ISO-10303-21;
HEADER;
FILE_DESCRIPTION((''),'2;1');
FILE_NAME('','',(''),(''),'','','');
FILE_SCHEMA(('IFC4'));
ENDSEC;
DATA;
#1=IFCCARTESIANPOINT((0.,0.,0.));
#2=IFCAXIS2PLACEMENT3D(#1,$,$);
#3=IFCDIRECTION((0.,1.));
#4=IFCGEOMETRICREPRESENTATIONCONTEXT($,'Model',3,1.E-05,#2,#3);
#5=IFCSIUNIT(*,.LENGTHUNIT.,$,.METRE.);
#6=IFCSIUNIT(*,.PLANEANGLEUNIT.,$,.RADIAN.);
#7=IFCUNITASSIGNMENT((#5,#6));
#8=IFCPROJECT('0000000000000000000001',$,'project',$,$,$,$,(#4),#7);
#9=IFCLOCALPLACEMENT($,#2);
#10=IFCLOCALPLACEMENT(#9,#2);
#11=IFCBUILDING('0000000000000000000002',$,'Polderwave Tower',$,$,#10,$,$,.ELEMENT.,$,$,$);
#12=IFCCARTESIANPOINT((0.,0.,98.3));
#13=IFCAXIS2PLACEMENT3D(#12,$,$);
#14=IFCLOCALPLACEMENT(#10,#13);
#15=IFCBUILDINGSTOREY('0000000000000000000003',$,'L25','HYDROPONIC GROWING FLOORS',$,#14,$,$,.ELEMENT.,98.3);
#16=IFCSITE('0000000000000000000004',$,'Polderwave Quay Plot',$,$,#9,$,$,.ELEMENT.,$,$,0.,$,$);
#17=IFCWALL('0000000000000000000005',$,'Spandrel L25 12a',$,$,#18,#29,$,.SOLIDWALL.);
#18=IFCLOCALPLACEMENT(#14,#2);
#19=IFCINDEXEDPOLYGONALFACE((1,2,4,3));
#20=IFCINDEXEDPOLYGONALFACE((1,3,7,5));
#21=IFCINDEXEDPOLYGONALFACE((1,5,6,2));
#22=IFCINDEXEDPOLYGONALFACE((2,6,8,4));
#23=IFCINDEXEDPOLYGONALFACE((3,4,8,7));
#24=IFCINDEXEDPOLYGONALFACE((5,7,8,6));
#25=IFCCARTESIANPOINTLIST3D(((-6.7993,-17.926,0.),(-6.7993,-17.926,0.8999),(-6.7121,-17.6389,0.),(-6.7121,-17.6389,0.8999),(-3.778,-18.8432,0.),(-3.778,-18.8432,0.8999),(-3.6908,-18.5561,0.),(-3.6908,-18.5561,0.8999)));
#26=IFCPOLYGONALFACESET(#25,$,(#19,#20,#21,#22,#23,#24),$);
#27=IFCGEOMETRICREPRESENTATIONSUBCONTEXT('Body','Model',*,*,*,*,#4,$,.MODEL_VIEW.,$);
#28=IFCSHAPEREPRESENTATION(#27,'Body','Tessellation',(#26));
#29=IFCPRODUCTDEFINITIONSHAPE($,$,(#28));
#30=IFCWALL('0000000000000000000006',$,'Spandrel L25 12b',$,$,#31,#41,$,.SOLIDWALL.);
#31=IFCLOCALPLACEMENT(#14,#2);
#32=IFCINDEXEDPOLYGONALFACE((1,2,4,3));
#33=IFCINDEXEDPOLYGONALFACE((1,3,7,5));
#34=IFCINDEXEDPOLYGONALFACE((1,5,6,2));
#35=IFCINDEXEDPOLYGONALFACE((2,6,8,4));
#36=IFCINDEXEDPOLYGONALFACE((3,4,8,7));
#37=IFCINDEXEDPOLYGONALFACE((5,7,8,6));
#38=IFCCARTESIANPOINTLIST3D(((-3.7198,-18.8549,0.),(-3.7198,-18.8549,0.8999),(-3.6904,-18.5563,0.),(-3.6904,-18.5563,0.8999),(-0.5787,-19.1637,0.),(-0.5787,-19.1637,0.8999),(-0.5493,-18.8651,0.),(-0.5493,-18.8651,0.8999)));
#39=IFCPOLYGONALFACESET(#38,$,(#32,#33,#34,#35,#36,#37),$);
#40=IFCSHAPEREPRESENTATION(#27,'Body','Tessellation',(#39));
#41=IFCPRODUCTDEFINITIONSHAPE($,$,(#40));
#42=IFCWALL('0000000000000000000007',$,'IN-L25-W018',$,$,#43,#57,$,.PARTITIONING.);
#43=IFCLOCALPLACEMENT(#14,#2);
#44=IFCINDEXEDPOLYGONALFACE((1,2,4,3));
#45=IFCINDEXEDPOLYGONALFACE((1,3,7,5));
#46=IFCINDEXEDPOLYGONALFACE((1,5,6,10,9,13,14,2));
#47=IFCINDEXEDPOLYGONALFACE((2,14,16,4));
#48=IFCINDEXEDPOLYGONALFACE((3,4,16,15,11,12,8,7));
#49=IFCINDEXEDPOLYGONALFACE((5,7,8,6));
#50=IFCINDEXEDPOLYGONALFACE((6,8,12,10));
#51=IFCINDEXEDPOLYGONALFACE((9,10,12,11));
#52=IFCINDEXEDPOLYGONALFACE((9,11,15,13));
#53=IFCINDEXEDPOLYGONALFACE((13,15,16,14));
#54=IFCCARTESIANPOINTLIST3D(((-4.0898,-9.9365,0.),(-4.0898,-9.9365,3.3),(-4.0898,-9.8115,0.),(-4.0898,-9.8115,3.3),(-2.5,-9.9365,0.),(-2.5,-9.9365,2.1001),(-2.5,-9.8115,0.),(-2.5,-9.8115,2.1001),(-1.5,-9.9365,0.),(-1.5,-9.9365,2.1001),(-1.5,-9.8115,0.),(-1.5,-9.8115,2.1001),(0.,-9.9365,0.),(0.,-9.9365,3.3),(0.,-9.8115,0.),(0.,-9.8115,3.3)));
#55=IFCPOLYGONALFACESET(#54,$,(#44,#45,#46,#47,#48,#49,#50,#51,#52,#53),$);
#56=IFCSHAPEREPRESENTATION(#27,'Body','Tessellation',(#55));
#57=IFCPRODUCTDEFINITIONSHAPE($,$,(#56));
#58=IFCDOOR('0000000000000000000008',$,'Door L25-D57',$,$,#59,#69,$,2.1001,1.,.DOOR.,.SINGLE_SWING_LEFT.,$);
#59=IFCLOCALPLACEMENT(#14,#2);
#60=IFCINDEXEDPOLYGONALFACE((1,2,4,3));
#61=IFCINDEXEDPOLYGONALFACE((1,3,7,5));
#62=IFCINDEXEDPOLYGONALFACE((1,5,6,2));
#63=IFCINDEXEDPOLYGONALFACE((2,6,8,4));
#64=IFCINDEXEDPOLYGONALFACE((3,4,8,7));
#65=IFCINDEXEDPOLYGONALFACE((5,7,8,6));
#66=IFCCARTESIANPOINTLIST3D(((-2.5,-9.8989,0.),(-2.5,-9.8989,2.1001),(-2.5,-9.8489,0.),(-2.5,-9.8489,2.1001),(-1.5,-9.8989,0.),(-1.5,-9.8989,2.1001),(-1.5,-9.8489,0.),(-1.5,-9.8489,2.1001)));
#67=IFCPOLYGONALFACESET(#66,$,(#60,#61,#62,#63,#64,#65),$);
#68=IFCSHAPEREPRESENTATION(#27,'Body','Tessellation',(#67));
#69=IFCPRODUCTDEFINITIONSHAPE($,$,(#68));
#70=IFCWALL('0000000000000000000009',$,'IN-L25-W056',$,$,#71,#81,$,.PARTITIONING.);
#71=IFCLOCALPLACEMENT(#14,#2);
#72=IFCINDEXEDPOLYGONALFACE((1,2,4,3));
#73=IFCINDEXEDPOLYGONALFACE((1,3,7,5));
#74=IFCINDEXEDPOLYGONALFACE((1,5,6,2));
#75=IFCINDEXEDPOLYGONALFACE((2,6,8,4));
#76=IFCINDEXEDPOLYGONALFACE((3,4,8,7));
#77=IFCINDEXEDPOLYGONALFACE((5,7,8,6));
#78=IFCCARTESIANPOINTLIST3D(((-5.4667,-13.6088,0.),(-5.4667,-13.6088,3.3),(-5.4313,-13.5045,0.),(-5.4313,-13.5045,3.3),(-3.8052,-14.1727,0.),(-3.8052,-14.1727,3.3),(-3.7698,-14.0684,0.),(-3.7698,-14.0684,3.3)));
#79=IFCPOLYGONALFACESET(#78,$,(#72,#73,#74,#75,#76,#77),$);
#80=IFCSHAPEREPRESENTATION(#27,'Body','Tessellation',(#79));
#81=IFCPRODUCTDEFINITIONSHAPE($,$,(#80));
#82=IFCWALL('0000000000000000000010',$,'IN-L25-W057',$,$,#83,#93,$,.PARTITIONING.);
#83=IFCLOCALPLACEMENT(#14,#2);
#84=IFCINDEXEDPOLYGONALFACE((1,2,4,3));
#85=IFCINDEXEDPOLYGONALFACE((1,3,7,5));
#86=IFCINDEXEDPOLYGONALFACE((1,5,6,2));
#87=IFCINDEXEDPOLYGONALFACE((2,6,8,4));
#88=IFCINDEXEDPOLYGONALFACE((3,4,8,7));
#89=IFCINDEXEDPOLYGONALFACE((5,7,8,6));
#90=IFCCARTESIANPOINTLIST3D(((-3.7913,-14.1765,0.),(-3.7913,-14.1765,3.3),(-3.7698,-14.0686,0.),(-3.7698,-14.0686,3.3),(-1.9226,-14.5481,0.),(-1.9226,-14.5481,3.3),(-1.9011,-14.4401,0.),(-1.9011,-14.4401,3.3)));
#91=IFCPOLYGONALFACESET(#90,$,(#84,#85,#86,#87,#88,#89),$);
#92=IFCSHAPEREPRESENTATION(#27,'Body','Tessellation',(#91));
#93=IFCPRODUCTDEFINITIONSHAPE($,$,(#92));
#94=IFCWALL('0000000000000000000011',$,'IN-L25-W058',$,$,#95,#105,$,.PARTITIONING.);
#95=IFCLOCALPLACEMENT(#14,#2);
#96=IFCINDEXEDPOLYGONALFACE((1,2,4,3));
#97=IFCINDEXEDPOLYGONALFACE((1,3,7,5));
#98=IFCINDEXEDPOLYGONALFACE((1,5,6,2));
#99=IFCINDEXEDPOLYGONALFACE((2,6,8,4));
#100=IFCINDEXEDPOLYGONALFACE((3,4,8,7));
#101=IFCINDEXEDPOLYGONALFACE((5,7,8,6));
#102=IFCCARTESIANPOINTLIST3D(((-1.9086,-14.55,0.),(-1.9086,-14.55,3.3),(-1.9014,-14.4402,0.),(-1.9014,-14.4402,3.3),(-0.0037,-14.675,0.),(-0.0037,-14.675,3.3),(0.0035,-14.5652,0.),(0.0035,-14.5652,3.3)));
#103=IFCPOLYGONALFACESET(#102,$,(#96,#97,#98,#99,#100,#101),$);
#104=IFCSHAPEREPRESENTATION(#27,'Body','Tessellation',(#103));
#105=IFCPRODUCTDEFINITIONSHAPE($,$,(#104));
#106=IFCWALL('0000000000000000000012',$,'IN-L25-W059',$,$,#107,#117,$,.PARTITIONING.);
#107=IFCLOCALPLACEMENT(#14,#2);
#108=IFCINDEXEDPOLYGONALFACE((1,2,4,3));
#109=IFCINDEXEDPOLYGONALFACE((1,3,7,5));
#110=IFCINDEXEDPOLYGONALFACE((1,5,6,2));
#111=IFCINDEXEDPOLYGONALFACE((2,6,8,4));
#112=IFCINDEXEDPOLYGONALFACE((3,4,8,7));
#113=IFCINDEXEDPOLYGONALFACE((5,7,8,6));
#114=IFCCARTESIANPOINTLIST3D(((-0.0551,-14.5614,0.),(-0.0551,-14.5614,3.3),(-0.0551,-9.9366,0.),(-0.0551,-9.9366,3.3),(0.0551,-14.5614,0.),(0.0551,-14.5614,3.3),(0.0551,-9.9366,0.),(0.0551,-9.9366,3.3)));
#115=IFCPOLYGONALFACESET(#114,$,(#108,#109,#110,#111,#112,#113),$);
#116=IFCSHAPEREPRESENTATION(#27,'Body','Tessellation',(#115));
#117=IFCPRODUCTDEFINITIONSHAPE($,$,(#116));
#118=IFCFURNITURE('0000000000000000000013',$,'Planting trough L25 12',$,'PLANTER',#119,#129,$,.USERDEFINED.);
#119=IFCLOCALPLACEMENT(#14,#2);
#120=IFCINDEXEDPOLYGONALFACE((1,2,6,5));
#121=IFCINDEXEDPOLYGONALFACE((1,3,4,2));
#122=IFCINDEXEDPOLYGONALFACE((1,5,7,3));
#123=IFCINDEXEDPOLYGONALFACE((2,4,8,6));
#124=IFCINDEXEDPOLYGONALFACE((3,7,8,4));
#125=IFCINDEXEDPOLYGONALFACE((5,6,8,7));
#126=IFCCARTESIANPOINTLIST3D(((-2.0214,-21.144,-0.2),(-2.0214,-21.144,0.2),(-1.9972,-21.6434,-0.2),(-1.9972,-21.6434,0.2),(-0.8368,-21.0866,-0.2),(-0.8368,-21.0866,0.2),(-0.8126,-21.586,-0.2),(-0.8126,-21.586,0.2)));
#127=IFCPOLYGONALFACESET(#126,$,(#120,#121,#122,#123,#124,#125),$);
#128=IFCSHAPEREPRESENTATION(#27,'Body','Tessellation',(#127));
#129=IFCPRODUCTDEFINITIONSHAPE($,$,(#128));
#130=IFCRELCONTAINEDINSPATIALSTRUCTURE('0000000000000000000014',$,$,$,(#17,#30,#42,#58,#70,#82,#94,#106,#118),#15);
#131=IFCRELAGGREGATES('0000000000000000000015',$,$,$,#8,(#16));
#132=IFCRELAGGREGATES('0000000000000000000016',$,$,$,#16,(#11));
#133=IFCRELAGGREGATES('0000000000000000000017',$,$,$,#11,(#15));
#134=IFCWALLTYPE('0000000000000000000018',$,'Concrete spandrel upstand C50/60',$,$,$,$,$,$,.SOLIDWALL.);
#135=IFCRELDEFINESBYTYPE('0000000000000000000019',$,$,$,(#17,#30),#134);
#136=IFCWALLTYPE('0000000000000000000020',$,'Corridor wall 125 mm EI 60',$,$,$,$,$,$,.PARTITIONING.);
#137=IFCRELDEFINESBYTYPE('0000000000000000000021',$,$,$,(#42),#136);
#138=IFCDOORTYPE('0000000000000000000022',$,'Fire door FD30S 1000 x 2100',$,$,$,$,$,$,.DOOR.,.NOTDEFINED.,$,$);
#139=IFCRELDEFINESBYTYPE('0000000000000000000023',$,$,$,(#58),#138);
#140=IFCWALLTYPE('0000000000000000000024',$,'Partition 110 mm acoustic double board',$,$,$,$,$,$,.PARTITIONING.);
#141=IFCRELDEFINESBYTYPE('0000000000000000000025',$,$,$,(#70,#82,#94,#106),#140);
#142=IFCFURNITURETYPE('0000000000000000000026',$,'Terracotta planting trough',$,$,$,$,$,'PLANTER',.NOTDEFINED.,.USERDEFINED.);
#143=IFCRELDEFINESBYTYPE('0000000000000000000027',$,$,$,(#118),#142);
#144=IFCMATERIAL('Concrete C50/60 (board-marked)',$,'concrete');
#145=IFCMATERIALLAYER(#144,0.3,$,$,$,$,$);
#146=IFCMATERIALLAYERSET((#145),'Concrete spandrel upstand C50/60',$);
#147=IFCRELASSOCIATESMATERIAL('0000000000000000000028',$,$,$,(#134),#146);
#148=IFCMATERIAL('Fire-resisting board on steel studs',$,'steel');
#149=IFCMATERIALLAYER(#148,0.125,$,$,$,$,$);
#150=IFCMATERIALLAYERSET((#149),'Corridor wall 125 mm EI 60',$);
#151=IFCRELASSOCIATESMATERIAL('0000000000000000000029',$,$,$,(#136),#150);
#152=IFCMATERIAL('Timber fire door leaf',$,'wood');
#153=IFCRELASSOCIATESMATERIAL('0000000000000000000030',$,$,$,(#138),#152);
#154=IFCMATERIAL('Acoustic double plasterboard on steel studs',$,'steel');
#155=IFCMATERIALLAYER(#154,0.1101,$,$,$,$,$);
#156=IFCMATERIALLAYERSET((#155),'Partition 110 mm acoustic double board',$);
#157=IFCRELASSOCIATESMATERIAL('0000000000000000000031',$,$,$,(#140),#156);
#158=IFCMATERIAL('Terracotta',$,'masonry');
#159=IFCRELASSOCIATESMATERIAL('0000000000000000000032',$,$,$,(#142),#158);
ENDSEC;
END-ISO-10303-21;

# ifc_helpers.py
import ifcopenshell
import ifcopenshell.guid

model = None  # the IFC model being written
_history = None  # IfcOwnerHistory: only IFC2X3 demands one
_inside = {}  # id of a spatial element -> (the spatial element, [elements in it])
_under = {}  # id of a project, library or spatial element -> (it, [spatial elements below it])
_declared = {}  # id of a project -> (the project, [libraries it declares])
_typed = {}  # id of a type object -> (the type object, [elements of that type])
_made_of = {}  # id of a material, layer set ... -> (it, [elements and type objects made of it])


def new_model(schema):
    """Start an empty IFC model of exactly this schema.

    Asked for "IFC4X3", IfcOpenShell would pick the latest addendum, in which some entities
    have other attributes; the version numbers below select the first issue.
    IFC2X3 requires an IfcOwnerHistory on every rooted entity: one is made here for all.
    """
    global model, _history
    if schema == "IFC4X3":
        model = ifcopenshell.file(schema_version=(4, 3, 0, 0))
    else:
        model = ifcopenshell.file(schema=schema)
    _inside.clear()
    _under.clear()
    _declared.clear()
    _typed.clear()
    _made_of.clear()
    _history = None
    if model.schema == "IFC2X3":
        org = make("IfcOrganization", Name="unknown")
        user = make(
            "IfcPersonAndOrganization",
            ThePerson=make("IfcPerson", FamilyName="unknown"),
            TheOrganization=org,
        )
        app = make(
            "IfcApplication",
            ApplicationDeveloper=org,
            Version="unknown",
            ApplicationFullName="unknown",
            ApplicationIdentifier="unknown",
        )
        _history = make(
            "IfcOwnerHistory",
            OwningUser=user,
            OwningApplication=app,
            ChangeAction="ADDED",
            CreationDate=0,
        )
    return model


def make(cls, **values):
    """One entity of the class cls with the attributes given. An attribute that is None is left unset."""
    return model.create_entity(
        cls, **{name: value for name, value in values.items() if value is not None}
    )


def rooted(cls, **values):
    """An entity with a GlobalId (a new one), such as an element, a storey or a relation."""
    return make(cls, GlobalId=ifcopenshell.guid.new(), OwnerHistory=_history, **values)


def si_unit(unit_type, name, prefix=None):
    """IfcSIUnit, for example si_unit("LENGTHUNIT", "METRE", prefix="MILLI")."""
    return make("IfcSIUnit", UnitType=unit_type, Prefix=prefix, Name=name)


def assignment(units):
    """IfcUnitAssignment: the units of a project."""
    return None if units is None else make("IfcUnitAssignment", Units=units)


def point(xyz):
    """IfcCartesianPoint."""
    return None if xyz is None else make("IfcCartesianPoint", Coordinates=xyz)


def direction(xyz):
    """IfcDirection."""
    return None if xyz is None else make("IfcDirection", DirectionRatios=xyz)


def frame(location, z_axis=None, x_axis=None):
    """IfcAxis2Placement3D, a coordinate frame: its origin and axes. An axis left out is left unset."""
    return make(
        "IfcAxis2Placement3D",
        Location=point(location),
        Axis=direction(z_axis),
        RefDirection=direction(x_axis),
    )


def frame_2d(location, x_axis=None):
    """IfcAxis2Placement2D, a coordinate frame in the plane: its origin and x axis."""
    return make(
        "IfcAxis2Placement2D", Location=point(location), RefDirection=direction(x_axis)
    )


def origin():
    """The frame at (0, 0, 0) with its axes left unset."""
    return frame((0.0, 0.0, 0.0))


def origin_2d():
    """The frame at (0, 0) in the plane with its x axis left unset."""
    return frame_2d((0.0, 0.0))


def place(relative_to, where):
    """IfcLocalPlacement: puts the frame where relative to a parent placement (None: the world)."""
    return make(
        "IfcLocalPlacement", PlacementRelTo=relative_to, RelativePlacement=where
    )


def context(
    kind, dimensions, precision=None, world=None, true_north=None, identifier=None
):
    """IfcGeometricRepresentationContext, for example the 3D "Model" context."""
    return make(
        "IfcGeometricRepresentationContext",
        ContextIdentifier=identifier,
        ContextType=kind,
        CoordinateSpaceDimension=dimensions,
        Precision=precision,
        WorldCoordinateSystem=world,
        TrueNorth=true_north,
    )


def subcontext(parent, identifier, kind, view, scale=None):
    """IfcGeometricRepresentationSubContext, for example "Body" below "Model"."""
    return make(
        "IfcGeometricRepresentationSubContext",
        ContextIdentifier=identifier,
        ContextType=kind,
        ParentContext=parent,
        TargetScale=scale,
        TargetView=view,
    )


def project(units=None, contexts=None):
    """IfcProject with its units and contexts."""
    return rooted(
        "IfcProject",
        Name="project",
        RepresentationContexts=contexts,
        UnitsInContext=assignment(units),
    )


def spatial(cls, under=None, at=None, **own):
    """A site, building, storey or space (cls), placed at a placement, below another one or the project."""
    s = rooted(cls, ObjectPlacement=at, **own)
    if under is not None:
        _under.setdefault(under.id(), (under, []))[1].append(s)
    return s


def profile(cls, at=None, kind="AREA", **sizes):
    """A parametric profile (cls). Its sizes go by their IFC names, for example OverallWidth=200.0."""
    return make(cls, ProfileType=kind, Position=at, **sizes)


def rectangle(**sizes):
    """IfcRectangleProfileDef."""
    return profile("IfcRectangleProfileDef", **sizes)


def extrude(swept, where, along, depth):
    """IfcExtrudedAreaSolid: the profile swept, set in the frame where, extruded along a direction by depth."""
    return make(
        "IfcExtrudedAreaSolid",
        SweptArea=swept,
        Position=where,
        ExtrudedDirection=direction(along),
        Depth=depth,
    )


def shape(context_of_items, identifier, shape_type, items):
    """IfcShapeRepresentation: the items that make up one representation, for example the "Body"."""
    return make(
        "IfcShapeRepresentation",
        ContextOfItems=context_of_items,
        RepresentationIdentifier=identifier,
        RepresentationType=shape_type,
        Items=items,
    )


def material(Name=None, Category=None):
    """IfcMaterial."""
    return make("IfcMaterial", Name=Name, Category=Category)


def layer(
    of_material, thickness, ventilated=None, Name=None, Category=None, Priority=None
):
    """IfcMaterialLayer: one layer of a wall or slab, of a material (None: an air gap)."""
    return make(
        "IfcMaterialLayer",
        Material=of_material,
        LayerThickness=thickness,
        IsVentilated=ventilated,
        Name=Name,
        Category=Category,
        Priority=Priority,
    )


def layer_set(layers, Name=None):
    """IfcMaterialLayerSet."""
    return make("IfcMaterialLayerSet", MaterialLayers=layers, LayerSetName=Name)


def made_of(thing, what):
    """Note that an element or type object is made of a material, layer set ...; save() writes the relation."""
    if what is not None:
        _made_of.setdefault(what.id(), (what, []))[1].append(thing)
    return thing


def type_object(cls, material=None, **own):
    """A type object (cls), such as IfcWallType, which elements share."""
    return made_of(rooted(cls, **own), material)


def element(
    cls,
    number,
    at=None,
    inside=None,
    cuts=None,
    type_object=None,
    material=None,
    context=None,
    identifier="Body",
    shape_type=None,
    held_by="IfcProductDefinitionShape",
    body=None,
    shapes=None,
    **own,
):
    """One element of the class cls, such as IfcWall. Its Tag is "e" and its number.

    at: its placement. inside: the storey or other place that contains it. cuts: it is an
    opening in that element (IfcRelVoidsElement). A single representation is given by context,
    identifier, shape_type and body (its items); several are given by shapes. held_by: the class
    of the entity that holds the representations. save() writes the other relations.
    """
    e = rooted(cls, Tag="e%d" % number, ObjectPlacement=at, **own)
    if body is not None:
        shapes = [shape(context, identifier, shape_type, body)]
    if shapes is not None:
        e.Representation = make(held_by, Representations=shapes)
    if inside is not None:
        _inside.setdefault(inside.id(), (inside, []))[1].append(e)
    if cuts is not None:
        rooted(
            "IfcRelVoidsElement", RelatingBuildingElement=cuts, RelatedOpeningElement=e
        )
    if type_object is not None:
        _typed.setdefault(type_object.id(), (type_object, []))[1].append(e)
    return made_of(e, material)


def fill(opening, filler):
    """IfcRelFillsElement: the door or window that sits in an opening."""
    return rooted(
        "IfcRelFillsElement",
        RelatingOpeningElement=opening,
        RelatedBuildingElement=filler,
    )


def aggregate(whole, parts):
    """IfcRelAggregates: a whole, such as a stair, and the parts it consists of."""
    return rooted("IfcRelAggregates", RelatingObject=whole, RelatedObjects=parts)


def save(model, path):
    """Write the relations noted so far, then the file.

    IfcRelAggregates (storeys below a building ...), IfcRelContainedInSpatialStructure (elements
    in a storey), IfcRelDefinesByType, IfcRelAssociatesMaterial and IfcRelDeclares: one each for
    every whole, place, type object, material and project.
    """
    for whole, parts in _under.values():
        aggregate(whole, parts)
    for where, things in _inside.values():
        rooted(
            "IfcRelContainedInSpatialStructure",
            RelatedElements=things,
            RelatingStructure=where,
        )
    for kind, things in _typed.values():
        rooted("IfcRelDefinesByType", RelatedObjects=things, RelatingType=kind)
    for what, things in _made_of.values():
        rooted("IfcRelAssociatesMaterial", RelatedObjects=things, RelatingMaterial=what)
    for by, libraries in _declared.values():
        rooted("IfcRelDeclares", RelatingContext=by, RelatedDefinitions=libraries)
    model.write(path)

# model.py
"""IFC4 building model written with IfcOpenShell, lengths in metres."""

from ifc_helpers import new_model, si_unit, direction, frame, frame_2d, origin, origin_2d, place, context, subcontext, project, spatial, rectangle, extrude, material, layer, layer_set, type_object, element, fill, save


model = new_model("IFC4")

# Units and contexts
model_context = context("Model", 3, precision=1e-05, world=origin(), true_north=direction((0.0, 1.0)))
body_context = subcontext(model_context, "Body", "Model", "MODEL_VIEW")
ifc_project = project(units=[si_unit("LENGTHUNIT", "METRE"), si_unit("PLANEANGLEUNIT", "RADIAN")], contexts=[model_context])

# Site, building, storey
site_placement = place(None, origin())
site = spatial("IfcSite", under=ifc_project, at=site_placement, Name="Polderwave Quay Plot", CompositionType="ELEMENT", RefElevation=0.0)
building_placement = place(site_placement, origin())
building = spatial("IfcBuilding", under=site, at=building_placement, Name="Polderwave Tower", CompositionType="ELEMENT")
storey_placement = place(building_placement, frame((0.0, 0.0, 98.3)))
storey = spatial("IfcBuildingStorey", under=building, at=storey_placement, Name="L25", Description="HYDROPONIC GROWING FLOORS", CompositionType="ELEMENT", Elevation=98.3)

# Walls
ifc_material_1 = material(Name="Concrete C50/60 (board-marked)", Category="concrete")
ifc_layer_1 = layer(ifc_material_1, 0.3)
ifc_layer_set_1 = layer_set([ifc_layer_1], Name="Concrete spandrel upstand C50/60")
wall_type_1 = type_object("IfcWallType", Name="Concrete spandrel upstand C50/60", PredefinedType="SOLIDWALL", material=ifc_layer_set_1)
wall_1_placement = place(storey_placement, frame((-6.7556, -17.7825, 0.0), z_axis=(0.0, 0.0, 1.0), x_axis=(0.956874, -0.290503, 0.0)))
element("IfcWall", 1, at=wall_1_placement, inside=storey, type_object=wall_type_1, Name="Spandrel L25 12a", PredefinedType="SOLIDWALL", context=body_context, shape_type="SweptSolid", body=[
    extrude(rectangle(XDim=3.1575, YDim=0.3, at=frame_2d((1.5786, 0.0))), origin(), (0.0, 0.0, 1.0), 0.8999),
])
wall_2_placement = place(storey_placement, frame((-3.7051, -18.7056, 0.0), z_axis=(0.0, 0.0, 1.0), x_axis=(0.995201, -0.097849, 0.0)))
element("IfcWall", 2, at=wall_2_placement, inside=storey, type_object=wall_type_1, Name="Spandrel L25 12b", PredefinedType="SOLIDWALL", context=body_context, shape_type="SweptSolid", body=[
    extrude(rectangle(XDim=3.1562, YDim=0.3, at=frame_2d((1.5781, 0.0))), origin(), (0.0, 0.0, 1.0), 0.8999),
])

# Wall, opening, door
ifc_material_2 = material(Name="Fire-resisting board on steel studs", Category="steel")
ifc_layer_2 = layer(ifc_material_2, 0.125)
ifc_layer_set_2 = layer_set([ifc_layer_2], Name="Corridor wall 125 mm EI 60")
wall_type_2 = type_object("IfcWallType", Name="Corridor wall 125 mm EI 60", PredefinedType="PARTITIONING", material=ifc_layer_set_2)
wall_3_placement = place(storey_placement, frame((0.0, -9.874, 0.0), z_axis=(0.0, 0.0, 1.0), x_axis=(-1.0, 0.0, 0.0)))
wall_3 = element("IfcWall", 3, at=wall_3_placement, inside=storey, type_object=wall_type_2, Name="IN-L25-W018", PredefinedType="PARTITIONING", context=body_context, shape_type="SweptSolid", body=[
    extrude(rectangle(XDim=4.0898, YDim=0.125, at=frame_2d((2.0449, 0.0))), origin(), (0.0, 0.0, 1.0), 3.3),
])
opening_1_placement = place(wall_3_placement, frame((1.5, 0.0, 0.0)))
opening_1 = element("IfcOpeningElement", 4, at=opening_1_placement, cuts=wall_3, PredefinedType="OPENING", context=body_context, shape_type="SweptSolid", body=[
    extrude(rectangle(XDim=1.0, YDim=2.1001, at=frame_2d((0.5, 1.05))), frame((0.0, 0.0725, 0.0), z_axis=(0.0, -1.0, 0.0), x_axis=(1.0, 0.0, 0.0)), (0.0, 0.0, 1.0), 0.145),
])
ifc_material_3 = material(Name="Timber fire door leaf", Category="wood")
door_type_1 = type_object("IfcDoorType", Name="Fire door FD30S 1000 x 2100", OperationType="NOTDEFINED", PredefinedType="DOOR", material=ifc_material_3)
door_1_placement = place(opening_1_placement, origin())
door_1 = element("IfcDoor", 5, at=door_1_placement, inside=storey, type_object=door_type_1, Name="Door L25-D57", OperationType="SINGLE_SWING_LEFT", OverallHeight=2.1001, OverallWidth=1.0, PredefinedType="DOOR", context=body_context, shape_type="SweptSolid", body=[
    extrude(rectangle(XDim=1.0, YDim=2.1001, at=frame_2d((0.5, 1.05))), frame((0.0, 0.0249, 0.0), z_axis=(0.0, -1.0, 0.0), x_axis=(1.0, 0.0, 0.0)), (0.0, 0.0, 1.0), 0.05),
])
fill(opening_1, door_1)

# Walls
ifc_material_4 = material(Name="Acoustic double plasterboard on steel studs", Category="steel")
ifc_layer_3 = layer(ifc_material_4, 0.1101)
ifc_layer_set_3 = layer_set([ifc_layer_3], Name="Partition 110 mm acoustic double board")
wall_type_3 = type_object("IfcWallType", Name="Partition 110 mm acoustic double board", PredefinedType="PARTITIONING", material=ifc_layer_set_3)
wall_4_placement = place(storey_placement, frame((-3.7874, -14.1206, 0.0), z_axis=(0.0, 0.0, 1.0), x_axis=(-0.946944, 0.321399, 0.0)))
element("IfcWall", 6, at=wall_4_placement, inside=storey, type_object=wall_type_3, Name="IN-L25-W056", PredefinedType="PARTITIONING", context=body_context, shape_type="SweptSolid", body=[
    extrude(rectangle(XDim=1.7546, YDim=0.1101, at=frame_2d((0.8774, 0.0))), origin(), (0.0, 0.0, 1.0), 3.3),
])
wall_5_placement = place(storey_placement, frame((-1.9119, -14.4941, 0.0), z_axis=(0.0, 0.0, 1.0), x_axis=(-0.980797, 0.195032, 0.0)))
element("IfcWall", 7, at=wall_5_placement, inside=storey, type_object=wall_type_3, Name="IN-L25-W057", PredefinedType="PARTITIONING", context=body_context, shape_type="SweptSolid", body=[
    extrude(rectangle(XDim=1.9053, YDim=0.1101, at=frame_2d((0.9526, 0.0))), origin(), (0.0, 0.0, 1.0), 3.3),
])
wall_6_placement = place(storey_placement, frame((0.0, -14.6201, 0.0), z_axis=(0.0, 0.0, 1.0), x_axis=(-0.997854, 0.065483, 0.0)))
element("IfcWall", 8, at=wall_6_placement, inside=storey, type_object=wall_type_3, Name="IN-L25-W058", PredefinedType="PARTITIONING", context=body_context, shape_type="SweptSolid", body=[
    extrude(rectangle(XDim=1.9089, YDim=0.1101, at=frame_2d((0.9546, 0.0))), origin(), (0.0, 0.0, 1.0), 3.3),
])
wall_7_placement = place(storey_placement, frame((0.0, -9.9365, 0.0), z_axis=(0.0, 0.0, 1.0), x_axis=(0.0, -1.0, 0.0)))
element("IfcWall", 9, at=wall_7_placement, inside=storey, type_object=wall_type_3, Name="IN-L25-W059", PredefinedType="PARTITIONING", context=body_context, shape_type="SweptSolid", body=[
    extrude(rectangle(XDim=4.6248, YDim=0.1101, at=frame_2d((2.3125, 0.0))), origin(), (0.0, 0.0, 1.0), 3.3),
])

# Furniture
ifc_material_5 = material(Name="Terracotta", Category="masonry")
furniture_type = type_object("IfcFurnitureType", Name="Terracotta planting trough", ElementType="PLANTER", AssemblyPlace="NOTDEFINED", PredefinedType="USERDEFINED", material=ifc_material_5)
furniture_placement = place(storey_placement, frame((-1.417, -21.365, -0.2), z_axis=(0.0, 0.0, 1.0), x_axis=(0.998829, 0.04839, 0.0)))
element("IfcFurniture", 10, at=furniture_placement, inside=storey, type_object=furniture_type, Name="Planting trough L25 12", ObjectType="PLANTER", PredefinedType="USERDEFINED", context=body_context, shape_type="SweptSolid", body=[
    extrude(rectangle(XDim=1.186, YDim=0.5, at=origin_2d()), origin(), (0.0, 0.0, 1.0), 0.3999),
])

save(model, "model.ifc")
